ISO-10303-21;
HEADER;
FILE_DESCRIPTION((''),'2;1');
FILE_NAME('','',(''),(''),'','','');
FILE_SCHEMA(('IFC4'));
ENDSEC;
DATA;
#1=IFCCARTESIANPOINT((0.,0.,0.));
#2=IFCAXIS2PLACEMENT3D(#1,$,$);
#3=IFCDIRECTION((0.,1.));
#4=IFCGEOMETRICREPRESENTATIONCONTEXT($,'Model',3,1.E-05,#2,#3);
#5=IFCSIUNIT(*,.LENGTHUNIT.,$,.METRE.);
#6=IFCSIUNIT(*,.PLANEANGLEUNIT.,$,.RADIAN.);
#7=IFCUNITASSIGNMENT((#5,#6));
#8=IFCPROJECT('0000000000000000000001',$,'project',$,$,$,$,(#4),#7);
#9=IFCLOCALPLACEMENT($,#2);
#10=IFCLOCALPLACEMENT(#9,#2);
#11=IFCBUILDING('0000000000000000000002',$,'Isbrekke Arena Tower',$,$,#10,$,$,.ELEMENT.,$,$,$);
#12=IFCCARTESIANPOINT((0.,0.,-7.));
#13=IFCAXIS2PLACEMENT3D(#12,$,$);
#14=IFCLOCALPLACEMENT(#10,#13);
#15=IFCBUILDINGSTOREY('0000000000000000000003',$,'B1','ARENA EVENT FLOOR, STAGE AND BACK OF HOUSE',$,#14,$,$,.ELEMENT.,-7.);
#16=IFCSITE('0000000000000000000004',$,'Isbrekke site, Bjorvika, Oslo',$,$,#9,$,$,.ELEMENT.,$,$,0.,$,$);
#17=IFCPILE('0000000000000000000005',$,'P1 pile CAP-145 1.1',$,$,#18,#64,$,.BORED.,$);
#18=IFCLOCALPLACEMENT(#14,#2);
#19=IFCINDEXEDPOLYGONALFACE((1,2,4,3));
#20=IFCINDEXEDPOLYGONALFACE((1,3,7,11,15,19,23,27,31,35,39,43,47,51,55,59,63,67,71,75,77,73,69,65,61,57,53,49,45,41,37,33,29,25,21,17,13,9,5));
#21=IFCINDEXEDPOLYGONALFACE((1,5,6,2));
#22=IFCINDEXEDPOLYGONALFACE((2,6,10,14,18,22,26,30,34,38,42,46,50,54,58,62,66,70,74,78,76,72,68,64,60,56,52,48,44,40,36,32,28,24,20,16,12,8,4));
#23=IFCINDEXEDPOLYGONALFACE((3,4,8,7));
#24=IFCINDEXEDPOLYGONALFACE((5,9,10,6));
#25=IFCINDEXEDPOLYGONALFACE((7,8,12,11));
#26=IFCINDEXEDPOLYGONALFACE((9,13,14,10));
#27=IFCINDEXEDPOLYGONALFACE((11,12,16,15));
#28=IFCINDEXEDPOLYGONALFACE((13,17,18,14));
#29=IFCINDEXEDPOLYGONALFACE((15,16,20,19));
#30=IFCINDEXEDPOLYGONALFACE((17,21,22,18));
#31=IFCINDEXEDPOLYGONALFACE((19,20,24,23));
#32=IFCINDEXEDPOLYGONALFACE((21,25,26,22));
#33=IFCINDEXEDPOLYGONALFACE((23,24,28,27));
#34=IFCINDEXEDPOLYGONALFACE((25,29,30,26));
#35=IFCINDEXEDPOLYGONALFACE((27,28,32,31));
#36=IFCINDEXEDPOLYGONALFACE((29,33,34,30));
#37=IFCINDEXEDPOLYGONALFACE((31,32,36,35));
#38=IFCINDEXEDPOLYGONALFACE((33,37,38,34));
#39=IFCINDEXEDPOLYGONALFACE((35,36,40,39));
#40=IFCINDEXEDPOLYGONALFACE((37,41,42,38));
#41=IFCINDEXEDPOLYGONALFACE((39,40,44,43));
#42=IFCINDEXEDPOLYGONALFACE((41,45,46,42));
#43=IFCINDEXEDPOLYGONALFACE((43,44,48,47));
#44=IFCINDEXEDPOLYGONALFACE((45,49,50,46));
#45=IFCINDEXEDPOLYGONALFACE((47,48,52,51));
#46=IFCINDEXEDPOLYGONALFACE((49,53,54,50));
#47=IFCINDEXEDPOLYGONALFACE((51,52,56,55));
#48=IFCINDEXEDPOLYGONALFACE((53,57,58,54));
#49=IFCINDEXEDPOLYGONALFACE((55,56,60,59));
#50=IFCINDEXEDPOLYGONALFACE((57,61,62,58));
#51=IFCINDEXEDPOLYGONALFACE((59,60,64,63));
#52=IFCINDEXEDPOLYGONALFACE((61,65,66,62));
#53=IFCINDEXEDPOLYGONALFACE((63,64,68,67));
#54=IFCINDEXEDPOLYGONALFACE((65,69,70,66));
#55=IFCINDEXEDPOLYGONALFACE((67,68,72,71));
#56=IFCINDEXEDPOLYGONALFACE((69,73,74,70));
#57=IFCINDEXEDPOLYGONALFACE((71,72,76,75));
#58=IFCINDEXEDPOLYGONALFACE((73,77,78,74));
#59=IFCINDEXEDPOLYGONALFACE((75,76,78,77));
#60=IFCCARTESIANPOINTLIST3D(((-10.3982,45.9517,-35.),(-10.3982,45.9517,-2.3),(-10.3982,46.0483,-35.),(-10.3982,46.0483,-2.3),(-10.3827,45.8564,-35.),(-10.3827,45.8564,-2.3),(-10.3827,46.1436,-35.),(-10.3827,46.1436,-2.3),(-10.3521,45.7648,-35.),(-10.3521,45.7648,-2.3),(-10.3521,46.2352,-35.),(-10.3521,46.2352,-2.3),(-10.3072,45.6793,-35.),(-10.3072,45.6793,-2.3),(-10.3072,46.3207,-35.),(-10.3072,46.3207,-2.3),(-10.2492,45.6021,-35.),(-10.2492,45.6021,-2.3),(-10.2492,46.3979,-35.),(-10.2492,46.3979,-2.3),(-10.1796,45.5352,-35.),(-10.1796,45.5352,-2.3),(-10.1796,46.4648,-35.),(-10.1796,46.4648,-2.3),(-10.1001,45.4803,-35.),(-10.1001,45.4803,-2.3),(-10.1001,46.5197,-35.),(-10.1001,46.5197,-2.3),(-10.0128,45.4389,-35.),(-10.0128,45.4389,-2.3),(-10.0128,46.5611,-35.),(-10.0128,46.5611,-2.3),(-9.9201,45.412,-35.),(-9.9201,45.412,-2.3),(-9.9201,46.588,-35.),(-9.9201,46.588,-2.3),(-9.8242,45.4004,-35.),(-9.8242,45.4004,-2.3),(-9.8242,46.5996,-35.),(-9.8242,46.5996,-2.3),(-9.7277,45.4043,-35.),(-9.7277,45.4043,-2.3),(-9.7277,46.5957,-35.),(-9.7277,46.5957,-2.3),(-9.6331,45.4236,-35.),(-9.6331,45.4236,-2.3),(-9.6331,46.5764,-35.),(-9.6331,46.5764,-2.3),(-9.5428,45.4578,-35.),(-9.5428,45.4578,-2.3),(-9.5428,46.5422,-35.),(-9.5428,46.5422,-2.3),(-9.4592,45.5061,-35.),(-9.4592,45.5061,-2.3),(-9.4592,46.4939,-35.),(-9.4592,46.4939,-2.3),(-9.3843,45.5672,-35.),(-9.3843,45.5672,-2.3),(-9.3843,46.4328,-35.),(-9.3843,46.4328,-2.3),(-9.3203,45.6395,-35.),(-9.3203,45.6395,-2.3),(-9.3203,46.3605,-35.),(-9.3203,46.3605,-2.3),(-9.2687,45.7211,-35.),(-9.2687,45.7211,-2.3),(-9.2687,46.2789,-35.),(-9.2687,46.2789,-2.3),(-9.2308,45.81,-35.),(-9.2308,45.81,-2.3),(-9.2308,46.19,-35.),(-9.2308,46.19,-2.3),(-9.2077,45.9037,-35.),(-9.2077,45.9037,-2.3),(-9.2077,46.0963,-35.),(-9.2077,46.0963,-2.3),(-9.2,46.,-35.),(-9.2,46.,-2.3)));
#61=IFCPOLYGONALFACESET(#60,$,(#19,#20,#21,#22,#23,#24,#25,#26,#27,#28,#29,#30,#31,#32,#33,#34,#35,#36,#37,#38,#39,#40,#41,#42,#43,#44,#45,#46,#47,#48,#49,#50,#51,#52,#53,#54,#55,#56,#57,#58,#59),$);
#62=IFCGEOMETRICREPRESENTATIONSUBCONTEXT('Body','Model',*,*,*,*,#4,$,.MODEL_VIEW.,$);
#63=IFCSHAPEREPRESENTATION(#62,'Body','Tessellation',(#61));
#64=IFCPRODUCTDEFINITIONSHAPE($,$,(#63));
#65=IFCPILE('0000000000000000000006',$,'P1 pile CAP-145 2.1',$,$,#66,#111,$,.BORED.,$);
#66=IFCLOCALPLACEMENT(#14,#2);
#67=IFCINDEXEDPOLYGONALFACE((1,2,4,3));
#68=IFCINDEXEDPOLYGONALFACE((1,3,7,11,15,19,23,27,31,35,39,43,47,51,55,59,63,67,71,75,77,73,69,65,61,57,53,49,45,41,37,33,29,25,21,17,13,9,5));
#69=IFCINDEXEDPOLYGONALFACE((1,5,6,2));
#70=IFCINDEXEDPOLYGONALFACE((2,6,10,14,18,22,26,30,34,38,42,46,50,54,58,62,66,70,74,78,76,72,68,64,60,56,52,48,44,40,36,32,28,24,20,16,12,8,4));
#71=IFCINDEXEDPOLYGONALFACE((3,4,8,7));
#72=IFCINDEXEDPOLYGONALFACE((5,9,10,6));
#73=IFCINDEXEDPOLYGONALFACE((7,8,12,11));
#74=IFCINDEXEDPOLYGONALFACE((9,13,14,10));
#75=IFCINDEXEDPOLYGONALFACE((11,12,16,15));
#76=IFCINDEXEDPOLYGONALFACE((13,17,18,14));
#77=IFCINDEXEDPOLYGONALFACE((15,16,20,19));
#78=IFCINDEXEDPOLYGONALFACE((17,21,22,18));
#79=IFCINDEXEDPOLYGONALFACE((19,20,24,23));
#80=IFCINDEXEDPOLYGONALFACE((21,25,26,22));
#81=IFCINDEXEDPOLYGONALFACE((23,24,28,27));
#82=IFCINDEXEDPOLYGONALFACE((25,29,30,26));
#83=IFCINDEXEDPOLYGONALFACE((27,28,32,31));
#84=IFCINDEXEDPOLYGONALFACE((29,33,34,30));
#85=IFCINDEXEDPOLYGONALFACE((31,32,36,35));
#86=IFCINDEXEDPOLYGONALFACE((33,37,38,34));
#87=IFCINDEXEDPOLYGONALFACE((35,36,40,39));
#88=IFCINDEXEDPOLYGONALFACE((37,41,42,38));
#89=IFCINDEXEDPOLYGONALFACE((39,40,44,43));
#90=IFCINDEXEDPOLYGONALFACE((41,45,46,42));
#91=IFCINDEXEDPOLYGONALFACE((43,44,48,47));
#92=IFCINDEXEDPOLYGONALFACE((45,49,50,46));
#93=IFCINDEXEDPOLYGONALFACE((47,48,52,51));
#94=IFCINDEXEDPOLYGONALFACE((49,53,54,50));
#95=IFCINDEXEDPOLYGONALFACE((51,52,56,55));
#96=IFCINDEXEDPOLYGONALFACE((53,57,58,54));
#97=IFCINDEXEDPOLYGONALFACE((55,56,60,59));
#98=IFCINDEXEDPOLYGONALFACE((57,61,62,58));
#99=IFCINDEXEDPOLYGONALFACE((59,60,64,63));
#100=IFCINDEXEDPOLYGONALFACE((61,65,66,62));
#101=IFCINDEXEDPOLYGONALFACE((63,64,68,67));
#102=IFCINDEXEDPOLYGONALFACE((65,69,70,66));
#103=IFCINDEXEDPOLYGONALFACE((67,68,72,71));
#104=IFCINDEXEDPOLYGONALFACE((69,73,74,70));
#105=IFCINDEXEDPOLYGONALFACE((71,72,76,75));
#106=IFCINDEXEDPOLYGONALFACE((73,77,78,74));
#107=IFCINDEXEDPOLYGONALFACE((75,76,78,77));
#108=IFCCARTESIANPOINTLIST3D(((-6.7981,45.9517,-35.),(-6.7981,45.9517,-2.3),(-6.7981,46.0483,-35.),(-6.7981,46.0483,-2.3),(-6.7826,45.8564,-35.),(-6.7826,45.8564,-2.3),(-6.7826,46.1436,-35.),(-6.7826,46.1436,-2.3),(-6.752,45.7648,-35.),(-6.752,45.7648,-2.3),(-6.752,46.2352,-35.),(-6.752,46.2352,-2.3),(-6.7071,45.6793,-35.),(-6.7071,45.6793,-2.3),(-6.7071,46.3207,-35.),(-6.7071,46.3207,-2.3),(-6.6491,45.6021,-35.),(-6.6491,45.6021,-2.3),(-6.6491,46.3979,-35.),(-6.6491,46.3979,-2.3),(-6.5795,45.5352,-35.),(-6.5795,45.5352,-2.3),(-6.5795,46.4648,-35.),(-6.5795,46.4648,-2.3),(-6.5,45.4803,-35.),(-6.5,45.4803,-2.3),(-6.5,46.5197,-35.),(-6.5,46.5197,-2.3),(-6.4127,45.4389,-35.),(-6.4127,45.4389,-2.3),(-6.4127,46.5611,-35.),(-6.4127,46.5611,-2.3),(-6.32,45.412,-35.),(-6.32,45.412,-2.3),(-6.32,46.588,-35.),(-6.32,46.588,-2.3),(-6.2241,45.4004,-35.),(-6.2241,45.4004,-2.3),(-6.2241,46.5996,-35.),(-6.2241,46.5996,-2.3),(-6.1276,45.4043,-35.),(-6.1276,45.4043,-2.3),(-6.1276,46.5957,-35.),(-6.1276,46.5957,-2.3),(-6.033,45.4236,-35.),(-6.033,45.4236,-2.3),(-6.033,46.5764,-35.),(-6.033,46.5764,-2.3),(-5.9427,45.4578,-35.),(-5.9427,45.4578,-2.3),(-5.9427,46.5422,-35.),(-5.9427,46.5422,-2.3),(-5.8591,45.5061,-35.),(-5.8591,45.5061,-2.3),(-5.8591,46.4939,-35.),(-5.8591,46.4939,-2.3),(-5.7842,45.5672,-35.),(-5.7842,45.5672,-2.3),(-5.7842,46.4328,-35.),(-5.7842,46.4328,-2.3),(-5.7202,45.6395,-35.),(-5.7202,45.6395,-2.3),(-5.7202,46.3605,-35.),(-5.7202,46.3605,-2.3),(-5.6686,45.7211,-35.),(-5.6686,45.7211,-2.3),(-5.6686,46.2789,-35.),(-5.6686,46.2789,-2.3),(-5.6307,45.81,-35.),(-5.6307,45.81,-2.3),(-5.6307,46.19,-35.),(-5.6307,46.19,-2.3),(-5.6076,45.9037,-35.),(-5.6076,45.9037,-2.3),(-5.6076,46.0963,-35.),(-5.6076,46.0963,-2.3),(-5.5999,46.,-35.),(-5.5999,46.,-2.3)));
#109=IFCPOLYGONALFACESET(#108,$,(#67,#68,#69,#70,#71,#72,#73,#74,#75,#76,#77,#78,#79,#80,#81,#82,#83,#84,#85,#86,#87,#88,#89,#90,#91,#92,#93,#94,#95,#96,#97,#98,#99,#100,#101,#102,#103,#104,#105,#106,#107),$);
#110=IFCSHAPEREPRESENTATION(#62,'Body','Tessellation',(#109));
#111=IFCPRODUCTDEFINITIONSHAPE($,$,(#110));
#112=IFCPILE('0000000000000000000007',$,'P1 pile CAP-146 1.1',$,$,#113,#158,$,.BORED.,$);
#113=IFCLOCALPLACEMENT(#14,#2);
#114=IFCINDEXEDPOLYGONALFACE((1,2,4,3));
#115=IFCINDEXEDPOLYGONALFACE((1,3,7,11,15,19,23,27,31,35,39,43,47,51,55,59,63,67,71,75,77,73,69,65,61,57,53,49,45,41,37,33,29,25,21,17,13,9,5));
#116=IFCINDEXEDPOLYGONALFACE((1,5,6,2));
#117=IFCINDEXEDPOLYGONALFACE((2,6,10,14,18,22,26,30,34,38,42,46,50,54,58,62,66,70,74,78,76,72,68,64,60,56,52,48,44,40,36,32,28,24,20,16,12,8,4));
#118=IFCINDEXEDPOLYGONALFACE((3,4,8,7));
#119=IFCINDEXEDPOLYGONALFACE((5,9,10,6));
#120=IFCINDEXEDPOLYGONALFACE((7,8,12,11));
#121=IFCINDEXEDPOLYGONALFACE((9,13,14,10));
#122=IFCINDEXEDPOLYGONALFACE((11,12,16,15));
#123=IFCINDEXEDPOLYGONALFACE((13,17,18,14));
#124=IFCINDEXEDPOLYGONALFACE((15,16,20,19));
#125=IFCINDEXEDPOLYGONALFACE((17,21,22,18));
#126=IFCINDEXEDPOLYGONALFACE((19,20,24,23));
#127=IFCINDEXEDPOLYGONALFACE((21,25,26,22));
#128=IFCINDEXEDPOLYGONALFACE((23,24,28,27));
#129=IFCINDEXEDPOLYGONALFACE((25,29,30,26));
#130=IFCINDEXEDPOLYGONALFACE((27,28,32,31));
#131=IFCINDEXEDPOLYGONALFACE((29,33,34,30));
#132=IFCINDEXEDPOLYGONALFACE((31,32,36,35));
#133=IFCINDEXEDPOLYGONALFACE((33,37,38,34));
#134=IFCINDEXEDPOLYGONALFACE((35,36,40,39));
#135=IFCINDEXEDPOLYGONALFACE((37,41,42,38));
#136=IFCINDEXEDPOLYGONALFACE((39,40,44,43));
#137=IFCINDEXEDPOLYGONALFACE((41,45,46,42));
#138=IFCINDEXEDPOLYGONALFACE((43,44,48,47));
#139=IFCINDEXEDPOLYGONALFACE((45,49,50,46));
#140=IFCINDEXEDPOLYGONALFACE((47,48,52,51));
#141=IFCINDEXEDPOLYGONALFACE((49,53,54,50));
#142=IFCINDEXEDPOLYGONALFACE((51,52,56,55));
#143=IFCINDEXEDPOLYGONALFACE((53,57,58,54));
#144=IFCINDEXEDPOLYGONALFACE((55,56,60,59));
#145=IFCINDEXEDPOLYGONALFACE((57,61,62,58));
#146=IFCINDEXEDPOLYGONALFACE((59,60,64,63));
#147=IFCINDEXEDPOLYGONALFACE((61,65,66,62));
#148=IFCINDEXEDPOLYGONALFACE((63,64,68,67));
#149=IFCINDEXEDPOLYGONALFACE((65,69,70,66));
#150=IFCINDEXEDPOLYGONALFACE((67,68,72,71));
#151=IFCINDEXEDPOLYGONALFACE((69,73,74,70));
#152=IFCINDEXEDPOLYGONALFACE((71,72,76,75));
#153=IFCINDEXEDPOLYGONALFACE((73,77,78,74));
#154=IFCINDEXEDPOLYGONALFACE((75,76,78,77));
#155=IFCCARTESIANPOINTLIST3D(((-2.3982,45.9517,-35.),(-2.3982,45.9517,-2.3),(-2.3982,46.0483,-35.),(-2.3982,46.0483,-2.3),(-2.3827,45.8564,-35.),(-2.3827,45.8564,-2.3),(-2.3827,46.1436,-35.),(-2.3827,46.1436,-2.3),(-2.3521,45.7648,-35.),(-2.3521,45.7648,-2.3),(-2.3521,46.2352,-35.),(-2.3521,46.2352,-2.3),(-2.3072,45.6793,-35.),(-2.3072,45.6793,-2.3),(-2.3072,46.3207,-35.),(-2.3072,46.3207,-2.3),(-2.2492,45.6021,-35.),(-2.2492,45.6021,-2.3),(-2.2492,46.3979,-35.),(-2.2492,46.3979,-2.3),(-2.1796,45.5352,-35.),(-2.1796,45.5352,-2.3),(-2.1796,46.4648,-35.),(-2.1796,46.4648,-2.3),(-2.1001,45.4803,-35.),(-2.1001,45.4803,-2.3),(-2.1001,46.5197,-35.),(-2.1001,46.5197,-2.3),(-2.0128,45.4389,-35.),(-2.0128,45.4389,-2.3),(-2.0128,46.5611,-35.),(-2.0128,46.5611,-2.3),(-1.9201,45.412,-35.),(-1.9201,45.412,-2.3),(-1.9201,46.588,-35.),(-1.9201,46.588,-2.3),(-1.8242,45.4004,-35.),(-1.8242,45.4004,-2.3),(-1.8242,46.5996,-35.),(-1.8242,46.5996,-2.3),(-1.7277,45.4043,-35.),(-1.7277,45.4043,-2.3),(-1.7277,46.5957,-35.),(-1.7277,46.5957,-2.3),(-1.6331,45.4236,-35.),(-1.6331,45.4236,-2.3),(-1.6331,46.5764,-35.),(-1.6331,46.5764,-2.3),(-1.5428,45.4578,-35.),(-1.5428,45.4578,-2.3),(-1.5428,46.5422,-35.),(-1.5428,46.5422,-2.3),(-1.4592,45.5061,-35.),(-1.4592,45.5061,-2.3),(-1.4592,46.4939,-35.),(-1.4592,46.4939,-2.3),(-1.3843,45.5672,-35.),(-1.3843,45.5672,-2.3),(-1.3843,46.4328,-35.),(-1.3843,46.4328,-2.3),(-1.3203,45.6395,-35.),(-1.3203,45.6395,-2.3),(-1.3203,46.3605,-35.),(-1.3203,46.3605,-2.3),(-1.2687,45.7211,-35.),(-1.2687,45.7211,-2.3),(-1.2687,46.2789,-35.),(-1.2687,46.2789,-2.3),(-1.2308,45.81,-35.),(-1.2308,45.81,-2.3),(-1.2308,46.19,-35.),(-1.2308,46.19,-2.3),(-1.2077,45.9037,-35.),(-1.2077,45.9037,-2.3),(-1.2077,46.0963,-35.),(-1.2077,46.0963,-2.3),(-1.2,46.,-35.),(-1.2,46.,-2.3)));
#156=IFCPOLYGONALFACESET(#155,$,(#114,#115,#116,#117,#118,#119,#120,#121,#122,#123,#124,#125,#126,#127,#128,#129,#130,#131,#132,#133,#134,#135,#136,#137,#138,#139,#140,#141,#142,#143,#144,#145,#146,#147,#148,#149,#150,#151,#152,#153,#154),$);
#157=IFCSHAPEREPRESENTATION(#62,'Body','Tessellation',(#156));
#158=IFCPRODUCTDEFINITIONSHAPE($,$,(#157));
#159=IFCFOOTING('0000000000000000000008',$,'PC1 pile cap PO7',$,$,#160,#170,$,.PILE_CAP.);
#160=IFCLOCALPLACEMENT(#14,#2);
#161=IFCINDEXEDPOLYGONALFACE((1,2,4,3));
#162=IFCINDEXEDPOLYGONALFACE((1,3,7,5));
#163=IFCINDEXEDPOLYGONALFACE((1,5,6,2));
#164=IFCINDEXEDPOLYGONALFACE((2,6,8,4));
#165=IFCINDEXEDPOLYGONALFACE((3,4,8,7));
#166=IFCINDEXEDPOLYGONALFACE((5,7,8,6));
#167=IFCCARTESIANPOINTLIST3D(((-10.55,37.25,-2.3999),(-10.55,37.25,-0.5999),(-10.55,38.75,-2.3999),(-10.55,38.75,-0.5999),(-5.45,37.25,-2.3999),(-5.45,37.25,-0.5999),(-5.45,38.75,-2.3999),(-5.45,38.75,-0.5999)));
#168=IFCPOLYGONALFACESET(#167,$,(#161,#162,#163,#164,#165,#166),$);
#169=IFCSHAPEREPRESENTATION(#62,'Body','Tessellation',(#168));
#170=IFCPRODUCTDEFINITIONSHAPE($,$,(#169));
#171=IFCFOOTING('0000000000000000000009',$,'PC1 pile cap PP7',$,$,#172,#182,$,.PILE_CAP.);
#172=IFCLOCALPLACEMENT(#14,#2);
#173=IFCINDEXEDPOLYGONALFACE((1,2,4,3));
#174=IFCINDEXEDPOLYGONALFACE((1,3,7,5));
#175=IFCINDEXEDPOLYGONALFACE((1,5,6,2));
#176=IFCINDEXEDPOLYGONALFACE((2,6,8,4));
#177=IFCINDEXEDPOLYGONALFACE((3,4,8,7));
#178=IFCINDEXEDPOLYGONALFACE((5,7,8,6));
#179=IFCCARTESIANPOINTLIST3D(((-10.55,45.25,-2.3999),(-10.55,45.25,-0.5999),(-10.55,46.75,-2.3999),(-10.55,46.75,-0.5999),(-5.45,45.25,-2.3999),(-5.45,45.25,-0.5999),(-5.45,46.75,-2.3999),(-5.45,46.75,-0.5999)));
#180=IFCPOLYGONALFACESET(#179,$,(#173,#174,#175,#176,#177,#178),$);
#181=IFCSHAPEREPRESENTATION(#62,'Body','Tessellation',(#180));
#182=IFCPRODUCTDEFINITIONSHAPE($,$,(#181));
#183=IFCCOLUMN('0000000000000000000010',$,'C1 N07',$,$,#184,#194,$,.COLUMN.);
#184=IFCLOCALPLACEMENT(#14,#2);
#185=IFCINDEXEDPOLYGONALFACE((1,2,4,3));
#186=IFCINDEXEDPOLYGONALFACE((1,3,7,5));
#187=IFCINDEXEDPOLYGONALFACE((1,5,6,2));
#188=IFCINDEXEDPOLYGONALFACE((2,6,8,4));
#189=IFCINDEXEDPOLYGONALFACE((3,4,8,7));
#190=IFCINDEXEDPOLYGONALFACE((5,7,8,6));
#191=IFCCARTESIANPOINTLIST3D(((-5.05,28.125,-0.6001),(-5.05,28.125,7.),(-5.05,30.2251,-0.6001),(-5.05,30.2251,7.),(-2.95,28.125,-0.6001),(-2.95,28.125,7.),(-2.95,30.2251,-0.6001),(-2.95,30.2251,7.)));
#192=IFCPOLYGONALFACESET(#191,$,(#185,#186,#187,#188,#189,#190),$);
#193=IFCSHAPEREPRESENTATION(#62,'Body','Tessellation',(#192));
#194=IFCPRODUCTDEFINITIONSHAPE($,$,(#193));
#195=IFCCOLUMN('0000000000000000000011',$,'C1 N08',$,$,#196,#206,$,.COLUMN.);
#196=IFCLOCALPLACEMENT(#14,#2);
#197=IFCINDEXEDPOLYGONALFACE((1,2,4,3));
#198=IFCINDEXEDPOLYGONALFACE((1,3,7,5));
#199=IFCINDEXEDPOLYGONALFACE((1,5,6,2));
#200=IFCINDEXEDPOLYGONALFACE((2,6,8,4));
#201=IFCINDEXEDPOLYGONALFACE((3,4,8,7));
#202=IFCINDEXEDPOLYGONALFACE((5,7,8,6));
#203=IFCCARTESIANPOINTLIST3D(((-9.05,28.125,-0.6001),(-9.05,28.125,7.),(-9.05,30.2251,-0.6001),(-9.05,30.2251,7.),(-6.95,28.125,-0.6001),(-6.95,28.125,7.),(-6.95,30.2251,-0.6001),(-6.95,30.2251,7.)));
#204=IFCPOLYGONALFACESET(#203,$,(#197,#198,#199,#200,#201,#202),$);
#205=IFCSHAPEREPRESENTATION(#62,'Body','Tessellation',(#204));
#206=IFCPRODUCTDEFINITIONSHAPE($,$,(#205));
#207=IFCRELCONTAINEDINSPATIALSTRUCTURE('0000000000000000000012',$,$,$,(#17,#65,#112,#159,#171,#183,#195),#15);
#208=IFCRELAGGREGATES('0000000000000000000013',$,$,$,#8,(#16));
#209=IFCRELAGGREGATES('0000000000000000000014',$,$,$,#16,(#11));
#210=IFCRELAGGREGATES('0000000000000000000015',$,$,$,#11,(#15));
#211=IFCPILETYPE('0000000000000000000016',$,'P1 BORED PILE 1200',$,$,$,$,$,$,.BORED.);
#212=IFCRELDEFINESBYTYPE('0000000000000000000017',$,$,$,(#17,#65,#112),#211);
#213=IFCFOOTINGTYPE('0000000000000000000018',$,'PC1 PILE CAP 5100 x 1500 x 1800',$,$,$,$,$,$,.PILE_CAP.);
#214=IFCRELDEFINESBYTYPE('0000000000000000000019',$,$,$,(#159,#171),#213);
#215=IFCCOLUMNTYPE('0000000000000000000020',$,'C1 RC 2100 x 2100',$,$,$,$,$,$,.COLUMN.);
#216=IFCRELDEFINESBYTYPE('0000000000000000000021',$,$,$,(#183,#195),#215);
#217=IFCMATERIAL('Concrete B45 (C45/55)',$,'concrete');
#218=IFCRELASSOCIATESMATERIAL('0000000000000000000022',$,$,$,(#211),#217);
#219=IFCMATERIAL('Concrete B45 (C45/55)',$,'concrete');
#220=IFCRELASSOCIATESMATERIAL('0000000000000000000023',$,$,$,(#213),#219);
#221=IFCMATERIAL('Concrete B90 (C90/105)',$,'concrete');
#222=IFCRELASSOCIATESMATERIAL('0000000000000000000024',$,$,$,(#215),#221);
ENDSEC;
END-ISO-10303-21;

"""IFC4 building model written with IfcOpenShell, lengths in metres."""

from ifc_helpers import new_model, si_unit, direction, frame, origin, origin_2d, place, context, subcontext, project, spatial, rectangle, circle, extrude, material, material_profile, profile_set, type_object, element, save


model = new_model("IFC4")

# Units and contexts
model_context = context("Model", 3, precision=1e-05, world=origin(), true_north=direction((0.0, 1.0)))
body_context = subcontext(model_context, "Body", "Model", "MODEL_VIEW")
ifc_project = project(units=[si_unit("LENGTHUNIT", "METRE"), si_unit("PLANEANGLEUNIT", "RADIAN")], contexts=[model_context])

# Site, building, storey
site_placement = place(None, origin())
site = spatial("IfcSite", under=ifc_project, at=site_placement, Name="Isbrekke site, Bjorvika, Oslo", CompositionType="ELEMENT", RefElevation=0.0)
building_placement = place(site_placement, origin())
building = spatial("IfcBuilding", under=site, at=building_placement, Name="Isbrekke Arena Tower", CompositionType="ELEMENT")
storey_placement = place(building_placement, frame((0.0, 0.0, -7.0)))
storey = spatial("IfcBuildingStorey", under=building, at=storey_placement, Name="B1", Description="ARENA EVENT FLOOR, STAGE AND BACK OF HOUSE", CompositionType="ELEMENT", Elevation=-7.0)

# Piles
ifc_material_1 = material(Name="Concrete B45 (C45/55)", Category="concrete")
ifc_material_profile_1 = material_profile(ifc_material_1, circle(Radius=0.6001, at=origin_2d()), Name="BORED PILE D1200")
ifc_profile_set_1 = profile_set([ifc_material_profile_1], Name="Concrete B45 (C45/55)")
pile_type = type_object("IfcPileType", Name="P1 BORED PILE 1200", PredefinedType="BORED", material=ifc_profile_set_1)
for number, where, z_axis, x_axis, name in (
    (1, (-9.8, 46.0, -2.3), (0.0, 0.0, -1.0), (1.0, 0.0, 0.0), "P1 pile CAP-145 1.1"),
    (2, (-6.2, 46.0, -2.3), (0.0, 0.0, -1.0), (1.0, 0.0, 0.0), "P1 pile CAP-145 2.1"),
    (3, (-1.8, 46.0, -2.3), (0.0, 0.0, -1.0), (1.0, 0.0, 0.0), "P1 pile CAP-146 1.1"),
):
    element("IfcPile", number, at=place(storey_placement, frame(where, z_axis=z_axis, x_axis=x_axis)), inside=storey, type_object=pile_type, Name=name, PredefinedType="BORED", context=body_context, shape_type="SweptSolid", body=[
        extrude(circle(Radius=0.6001, at=origin_2d()), origin(), (0.0, 0.0, 1.0), 32.7),
    ])

# Footings
ifc_material_2 = material(Name="Concrete B45 (C45/55)", Category="concrete")
footing_type = type_object("IfcFootingType", Name="PC1 PILE CAP 5100 x 1500 x 1800", PredefinedType="PILE_CAP", material=ifc_material_2)
for number, where, z_axis, x_axis, name in (
    (4, (-8.0, 38.0, -2.3999), (0.0, 0.0, 1.0), (1.0, 0.0, 0.0), "PC1 pile cap PO7"),
    (5, (-8.0, 46.0, -2.3999), (0.0, 0.0, 1.0), (1.0, 0.0, 0.0), "PC1 pile cap PP7"),
):
    element("IfcFooting", number, at=place(storey_placement, frame(where, z_axis=z_axis, x_axis=x_axis)), inside=storey, type_object=footing_type, Name=name, PredefinedType="PILE_CAP", context=body_context, shape_type="SweptSolid", body=[
        extrude(rectangle(XDim=5.1001, YDim=1.5, at=origin_2d()), origin(), (0.0, 0.0, 1.0), 1.8),
    ])

# Columns
ifc_material_3 = material(Name="Concrete B90 (C90/105)", Category="concrete")
ifc_material_profile_2 = material_profile(ifc_material_3, rectangle(XDim=2.1001, YDim=2.1001, at=origin_2d()), Name="RC 2100x2100")
ifc_profile_set_2 = profile_set([ifc_material_profile_2], Name="Concrete B90 (C90/105)")
column_type_1 = type_object("IfcColumnType", Name="C1 RC 2100 x 2100", PredefinedType="COLUMN", material=ifc_profile_set_2)
for number, where, z_axis, x_axis, name in (
    (6, (-4.0, 29.175, -0.6001), (0.0, 0.0, 1.0), (-1.0, 0.0, 0.0), "C1 N07"),
    (7, (-8.0, 29.175, -0.6001), (0.0, 0.0, 1.0), (-1.0, 0.0, 0.0), "C1 N08"),
):
    element("IfcColumn", number, at=place(storey_placement, frame(where, z_axis=z_axis, x_axis=x_axis)), inside=storey, type_object=column_type_1, Name=name, PredefinedType="COLUMN", context=body_context, shape_type="SweptSolid", body=[
        extrude(rectangle(XDim=2.1001, YDim=2.1001, at=origin_2d()), origin(), (0.0, 0.0, 1.0), 7.6001),
    ])

save(model, "model.ifc")
